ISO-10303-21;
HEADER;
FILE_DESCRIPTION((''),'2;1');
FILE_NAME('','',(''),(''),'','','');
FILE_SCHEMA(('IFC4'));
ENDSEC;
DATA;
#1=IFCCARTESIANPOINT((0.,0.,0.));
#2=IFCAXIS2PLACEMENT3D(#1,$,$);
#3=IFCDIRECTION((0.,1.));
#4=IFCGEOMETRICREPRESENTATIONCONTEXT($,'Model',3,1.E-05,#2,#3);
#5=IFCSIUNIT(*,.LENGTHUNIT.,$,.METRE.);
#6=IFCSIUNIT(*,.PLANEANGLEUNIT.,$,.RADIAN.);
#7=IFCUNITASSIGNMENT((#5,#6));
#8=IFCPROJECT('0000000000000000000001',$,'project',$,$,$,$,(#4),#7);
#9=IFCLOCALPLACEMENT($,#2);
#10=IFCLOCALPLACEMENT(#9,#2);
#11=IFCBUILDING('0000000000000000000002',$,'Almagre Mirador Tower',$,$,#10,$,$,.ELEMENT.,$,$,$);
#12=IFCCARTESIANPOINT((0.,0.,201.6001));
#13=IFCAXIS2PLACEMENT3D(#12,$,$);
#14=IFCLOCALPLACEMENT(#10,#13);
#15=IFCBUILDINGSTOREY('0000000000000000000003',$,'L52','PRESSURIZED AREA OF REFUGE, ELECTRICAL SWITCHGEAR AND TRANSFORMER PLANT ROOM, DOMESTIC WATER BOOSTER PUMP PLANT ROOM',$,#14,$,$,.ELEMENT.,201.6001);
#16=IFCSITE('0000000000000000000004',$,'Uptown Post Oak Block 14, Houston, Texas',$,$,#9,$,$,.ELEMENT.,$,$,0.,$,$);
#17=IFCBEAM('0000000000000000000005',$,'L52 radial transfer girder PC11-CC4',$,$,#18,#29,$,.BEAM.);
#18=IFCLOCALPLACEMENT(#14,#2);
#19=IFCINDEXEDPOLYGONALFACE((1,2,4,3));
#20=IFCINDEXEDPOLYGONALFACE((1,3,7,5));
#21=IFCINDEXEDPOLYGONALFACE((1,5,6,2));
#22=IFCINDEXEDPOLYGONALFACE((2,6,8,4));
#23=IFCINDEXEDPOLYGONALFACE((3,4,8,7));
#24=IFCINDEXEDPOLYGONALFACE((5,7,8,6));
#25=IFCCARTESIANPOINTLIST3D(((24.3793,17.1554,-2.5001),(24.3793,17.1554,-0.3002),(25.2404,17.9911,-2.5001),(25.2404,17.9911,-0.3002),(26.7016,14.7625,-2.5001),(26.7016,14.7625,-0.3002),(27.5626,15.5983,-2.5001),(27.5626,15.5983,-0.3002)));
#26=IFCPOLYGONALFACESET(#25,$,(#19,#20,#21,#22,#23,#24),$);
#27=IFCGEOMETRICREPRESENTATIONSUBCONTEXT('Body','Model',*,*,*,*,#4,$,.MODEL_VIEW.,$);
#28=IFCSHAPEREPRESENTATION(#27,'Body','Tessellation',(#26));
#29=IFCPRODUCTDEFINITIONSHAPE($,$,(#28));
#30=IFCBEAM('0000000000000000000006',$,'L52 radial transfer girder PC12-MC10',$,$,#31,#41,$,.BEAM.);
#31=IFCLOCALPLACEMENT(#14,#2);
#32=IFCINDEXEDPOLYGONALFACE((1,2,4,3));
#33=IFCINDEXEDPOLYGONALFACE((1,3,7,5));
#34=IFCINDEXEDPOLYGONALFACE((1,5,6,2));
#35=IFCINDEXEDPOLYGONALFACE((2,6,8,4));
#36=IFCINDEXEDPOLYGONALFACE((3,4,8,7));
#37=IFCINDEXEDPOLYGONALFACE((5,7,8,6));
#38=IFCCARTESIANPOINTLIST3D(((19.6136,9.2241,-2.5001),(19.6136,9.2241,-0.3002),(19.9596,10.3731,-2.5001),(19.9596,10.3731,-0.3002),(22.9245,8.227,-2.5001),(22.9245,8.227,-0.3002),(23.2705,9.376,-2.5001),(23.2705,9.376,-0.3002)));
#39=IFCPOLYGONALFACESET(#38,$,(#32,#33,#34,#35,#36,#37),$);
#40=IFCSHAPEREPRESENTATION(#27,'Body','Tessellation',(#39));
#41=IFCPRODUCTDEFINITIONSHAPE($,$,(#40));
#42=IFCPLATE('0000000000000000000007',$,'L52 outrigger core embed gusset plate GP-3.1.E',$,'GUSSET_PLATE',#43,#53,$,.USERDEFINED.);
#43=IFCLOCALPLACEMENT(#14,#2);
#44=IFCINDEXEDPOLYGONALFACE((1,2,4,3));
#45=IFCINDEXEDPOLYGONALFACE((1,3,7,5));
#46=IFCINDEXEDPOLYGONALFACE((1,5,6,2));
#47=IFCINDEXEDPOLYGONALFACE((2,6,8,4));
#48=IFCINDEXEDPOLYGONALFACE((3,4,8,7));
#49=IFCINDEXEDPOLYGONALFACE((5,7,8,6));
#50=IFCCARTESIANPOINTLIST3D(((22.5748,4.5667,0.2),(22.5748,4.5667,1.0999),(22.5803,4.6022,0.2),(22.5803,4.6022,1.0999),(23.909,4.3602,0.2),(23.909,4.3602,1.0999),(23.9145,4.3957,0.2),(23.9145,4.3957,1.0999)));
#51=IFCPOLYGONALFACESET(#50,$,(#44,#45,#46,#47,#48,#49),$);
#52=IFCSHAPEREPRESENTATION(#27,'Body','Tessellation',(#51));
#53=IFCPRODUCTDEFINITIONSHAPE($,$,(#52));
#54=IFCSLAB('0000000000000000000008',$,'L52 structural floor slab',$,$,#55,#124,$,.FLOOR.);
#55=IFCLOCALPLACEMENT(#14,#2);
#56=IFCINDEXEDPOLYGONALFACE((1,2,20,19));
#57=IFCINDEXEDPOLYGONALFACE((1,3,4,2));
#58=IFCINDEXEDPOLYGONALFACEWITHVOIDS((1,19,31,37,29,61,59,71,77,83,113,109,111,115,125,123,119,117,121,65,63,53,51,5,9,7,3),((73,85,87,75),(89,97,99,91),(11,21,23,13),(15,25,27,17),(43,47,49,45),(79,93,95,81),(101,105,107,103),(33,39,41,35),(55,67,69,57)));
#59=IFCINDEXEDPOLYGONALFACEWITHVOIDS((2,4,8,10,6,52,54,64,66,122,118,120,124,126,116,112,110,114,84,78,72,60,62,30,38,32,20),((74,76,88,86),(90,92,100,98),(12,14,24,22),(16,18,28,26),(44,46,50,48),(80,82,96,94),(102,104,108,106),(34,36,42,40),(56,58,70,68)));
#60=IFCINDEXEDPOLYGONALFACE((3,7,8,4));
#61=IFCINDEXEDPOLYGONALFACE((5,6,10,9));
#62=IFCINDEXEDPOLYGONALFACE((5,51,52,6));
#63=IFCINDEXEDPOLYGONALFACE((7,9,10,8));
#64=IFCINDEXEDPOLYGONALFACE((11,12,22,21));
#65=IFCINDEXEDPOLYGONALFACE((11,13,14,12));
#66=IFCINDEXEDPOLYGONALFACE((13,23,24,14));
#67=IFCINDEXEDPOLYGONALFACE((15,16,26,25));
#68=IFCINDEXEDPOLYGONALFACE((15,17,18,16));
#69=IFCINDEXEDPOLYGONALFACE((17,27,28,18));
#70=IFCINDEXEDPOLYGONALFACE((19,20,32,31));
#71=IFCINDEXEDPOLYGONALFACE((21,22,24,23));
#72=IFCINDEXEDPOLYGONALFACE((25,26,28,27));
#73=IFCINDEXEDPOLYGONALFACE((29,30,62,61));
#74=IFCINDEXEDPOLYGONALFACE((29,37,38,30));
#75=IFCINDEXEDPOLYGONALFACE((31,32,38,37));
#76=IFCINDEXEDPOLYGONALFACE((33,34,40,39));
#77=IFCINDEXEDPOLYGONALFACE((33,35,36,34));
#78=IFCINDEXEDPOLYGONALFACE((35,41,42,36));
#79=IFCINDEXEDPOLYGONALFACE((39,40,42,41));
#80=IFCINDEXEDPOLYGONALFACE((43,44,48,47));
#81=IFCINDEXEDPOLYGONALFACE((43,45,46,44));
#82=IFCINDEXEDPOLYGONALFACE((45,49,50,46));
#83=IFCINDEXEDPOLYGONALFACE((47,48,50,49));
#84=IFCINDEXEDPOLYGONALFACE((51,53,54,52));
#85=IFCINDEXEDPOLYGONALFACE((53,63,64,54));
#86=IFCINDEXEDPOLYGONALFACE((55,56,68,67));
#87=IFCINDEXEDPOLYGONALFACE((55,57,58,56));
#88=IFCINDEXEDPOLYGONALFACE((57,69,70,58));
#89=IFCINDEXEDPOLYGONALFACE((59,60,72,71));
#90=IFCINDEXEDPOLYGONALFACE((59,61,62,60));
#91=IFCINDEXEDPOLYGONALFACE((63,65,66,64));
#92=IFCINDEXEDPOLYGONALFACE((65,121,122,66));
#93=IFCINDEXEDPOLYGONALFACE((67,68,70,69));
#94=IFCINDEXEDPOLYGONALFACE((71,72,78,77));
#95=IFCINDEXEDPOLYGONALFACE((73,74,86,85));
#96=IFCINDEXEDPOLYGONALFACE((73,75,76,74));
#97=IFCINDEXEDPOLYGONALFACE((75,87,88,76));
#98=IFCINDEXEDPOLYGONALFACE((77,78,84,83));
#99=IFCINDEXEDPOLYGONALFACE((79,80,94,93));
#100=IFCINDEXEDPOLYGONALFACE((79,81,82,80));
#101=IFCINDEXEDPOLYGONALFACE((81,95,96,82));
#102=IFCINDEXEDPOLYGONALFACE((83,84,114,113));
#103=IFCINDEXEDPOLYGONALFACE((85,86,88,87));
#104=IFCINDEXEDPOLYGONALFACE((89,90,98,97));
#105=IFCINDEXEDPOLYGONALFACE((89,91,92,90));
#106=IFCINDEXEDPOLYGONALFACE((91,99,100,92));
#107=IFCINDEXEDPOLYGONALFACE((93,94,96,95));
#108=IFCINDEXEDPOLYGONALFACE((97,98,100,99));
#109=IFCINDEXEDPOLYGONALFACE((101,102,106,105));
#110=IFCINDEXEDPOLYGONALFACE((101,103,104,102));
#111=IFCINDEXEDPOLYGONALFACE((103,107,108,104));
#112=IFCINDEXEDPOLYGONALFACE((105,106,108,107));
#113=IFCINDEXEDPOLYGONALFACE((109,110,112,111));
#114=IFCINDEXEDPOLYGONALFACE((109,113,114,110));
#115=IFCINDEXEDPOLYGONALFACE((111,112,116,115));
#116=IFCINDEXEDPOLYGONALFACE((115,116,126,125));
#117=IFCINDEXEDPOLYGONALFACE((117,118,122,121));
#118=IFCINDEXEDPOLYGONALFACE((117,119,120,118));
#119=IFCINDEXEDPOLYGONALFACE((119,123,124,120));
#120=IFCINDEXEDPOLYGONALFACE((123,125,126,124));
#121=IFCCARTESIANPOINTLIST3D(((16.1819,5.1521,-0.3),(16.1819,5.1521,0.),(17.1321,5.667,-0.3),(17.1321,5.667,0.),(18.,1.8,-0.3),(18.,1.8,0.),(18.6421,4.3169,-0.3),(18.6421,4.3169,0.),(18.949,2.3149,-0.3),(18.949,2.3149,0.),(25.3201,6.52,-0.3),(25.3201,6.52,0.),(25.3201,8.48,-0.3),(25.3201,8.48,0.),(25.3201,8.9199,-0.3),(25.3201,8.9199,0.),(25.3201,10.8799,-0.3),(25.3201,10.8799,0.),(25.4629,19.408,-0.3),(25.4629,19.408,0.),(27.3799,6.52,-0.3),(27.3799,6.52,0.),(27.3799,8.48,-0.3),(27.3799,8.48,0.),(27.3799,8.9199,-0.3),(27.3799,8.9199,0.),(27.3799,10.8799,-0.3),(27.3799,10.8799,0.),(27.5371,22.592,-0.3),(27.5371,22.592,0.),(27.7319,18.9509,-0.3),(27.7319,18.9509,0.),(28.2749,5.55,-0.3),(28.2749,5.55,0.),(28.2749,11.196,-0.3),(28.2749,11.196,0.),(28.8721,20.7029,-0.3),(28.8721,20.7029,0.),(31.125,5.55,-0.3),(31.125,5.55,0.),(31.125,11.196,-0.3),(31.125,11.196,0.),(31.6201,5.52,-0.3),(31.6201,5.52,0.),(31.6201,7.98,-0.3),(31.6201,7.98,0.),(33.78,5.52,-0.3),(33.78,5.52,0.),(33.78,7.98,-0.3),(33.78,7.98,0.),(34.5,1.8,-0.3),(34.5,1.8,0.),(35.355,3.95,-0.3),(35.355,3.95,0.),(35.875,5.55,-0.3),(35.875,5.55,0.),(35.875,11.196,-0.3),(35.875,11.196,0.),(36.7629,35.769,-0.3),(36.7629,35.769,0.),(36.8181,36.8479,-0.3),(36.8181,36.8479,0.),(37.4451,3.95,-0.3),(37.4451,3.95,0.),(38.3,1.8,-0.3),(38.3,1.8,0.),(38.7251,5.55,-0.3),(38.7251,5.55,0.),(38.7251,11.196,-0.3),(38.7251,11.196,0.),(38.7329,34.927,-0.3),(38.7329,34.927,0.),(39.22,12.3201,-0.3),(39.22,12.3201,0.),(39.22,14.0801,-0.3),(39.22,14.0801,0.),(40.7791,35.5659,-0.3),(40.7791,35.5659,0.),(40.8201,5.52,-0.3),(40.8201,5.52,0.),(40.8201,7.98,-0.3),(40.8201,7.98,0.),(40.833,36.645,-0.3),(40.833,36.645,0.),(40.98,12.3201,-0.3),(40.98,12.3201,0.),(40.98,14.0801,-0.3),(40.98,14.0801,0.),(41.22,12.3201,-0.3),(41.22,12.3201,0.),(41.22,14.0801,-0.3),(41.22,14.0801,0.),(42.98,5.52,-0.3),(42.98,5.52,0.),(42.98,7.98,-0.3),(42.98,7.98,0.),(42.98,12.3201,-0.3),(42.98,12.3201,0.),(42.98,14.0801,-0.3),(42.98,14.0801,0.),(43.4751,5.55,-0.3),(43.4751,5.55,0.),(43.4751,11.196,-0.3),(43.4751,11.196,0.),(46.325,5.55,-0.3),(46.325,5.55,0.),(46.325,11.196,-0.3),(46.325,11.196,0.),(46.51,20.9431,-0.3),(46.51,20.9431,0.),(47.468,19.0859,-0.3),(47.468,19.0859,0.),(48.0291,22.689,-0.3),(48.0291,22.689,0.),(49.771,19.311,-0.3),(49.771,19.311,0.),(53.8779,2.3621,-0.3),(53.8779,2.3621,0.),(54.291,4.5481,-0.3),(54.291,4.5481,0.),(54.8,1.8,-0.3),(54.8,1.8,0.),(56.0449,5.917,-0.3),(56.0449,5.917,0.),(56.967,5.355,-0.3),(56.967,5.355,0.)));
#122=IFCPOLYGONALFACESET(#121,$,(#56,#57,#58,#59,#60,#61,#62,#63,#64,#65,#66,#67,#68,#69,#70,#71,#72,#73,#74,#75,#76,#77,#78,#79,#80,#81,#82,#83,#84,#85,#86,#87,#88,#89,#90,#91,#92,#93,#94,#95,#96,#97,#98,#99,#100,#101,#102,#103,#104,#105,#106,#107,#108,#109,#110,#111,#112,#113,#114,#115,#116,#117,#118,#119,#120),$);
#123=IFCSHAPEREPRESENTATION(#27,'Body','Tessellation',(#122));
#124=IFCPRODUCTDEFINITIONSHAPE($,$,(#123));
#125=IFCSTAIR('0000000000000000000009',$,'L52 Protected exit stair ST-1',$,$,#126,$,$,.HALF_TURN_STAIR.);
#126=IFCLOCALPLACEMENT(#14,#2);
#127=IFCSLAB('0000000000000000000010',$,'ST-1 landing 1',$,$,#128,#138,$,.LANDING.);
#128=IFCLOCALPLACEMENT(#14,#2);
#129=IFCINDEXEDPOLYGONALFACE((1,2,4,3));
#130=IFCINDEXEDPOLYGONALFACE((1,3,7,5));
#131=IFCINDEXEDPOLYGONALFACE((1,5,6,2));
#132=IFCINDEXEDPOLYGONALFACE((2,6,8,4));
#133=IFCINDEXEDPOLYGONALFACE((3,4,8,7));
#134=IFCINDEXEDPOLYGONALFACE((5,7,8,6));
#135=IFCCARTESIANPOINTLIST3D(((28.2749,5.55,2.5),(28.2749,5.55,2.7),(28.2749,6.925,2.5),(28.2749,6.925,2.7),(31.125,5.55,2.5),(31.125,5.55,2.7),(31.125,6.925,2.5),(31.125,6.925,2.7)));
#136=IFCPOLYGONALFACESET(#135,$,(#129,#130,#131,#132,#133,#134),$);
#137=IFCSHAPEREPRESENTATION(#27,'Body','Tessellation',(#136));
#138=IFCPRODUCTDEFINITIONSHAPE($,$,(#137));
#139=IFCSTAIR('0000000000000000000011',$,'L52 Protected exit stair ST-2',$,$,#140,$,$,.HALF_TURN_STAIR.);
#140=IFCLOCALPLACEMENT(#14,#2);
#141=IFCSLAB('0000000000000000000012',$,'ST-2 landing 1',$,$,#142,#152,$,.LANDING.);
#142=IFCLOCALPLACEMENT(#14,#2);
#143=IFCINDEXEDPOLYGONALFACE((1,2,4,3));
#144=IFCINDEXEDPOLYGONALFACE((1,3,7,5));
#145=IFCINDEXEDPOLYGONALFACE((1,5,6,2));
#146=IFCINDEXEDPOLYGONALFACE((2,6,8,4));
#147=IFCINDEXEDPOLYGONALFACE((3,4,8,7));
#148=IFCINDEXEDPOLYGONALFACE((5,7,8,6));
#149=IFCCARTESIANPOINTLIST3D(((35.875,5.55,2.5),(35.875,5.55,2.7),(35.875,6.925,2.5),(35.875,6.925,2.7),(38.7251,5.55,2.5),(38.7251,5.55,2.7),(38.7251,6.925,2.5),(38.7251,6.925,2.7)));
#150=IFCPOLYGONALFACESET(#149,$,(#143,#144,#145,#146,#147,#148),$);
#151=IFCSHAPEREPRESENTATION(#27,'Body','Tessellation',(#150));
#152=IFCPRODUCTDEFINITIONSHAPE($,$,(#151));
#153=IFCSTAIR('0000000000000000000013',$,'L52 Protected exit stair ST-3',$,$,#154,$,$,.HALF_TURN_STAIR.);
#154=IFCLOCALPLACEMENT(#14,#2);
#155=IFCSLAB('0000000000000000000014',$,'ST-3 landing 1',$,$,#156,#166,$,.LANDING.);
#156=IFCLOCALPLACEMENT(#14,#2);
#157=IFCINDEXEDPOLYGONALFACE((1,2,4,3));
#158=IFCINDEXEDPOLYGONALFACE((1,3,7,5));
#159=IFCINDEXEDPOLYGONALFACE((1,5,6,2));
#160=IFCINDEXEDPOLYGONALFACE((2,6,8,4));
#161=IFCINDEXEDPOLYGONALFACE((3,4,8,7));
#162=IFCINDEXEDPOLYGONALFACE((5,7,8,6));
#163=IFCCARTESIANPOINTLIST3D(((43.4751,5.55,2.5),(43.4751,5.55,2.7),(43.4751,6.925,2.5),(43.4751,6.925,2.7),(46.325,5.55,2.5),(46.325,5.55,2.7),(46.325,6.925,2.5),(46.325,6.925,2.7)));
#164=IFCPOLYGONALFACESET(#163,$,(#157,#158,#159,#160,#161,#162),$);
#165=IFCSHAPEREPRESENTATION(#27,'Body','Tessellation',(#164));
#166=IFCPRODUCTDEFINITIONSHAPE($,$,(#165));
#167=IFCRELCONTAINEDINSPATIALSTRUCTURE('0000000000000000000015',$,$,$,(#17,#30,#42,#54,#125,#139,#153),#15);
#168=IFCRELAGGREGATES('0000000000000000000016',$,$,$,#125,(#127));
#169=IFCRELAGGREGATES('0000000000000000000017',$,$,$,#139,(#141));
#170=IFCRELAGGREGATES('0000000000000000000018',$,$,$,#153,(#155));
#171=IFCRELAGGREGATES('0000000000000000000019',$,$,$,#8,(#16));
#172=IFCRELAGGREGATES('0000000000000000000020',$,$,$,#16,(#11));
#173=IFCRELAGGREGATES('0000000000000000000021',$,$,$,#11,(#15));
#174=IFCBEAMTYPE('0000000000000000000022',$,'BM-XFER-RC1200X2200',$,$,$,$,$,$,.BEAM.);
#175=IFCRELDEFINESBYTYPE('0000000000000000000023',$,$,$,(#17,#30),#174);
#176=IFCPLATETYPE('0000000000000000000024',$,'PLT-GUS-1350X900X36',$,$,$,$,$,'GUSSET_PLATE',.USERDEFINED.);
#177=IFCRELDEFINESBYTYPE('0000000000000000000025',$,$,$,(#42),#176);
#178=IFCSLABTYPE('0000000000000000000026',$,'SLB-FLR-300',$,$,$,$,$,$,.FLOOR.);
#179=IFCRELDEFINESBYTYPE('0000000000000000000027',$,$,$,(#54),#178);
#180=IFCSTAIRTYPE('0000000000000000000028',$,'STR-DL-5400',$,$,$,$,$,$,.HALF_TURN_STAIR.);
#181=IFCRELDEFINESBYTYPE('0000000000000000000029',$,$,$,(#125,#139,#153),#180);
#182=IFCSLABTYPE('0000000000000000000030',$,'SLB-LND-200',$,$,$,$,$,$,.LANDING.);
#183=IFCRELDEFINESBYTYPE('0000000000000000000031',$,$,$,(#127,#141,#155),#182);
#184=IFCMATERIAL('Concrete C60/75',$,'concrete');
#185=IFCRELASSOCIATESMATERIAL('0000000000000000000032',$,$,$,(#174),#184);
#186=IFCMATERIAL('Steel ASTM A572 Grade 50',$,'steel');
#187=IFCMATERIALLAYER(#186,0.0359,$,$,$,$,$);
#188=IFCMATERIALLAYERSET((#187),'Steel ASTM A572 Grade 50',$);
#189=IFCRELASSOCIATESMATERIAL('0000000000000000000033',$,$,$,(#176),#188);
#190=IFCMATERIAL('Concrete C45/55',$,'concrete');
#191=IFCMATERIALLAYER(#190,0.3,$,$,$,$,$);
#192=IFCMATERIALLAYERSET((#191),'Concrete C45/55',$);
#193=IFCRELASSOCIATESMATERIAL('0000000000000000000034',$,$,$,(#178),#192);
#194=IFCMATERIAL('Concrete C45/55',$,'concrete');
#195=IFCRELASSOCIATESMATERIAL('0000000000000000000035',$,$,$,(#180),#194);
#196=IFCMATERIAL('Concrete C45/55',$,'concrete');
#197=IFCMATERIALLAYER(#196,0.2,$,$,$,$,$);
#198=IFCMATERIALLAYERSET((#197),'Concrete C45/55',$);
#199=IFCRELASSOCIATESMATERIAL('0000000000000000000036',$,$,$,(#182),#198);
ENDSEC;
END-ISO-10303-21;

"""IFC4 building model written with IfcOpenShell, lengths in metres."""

from ifc_helpers import new_model, si_unit, direction, frame, origin, origin_2d, place, context, subcontext, project, spatial, polyline, rectangle, outline, extrude, material, layer, layer_set, material_profile, profile_set, type_object, element, aggregate, save


model = new_model("IFC4")

# Units and contexts
model_context = context("Model", 3, precision=1e-05, world=origin(), true_north=direction((0.0, 1.0)))
body_context = subcontext(model_context, "Body", "Model", "MODEL_VIEW")
ifc_project = project(units=[si_unit("LENGTHUNIT", "METRE"), si_unit("PLANEANGLEUNIT", "RADIAN")], contexts=[model_context])

# Site, building, storey
site_placement = place(None, origin())
site = spatial("IfcSite", under=ifc_project, at=site_placement, Name="Uptown Post Oak Block 14, Houston, Texas", CompositionType="ELEMENT", RefElevation=0.0)
building_placement = place(site_placement, origin())
building = spatial("IfcBuilding", under=site, at=building_placement, Name="Almagre Mirador Tower", CompositionType="ELEMENT")
storey_placement = place(building_placement, frame((0.0, 0.0, 201.6001)))
storey = spatial("IfcBuildingStorey", under=building, at=storey_placement, Name="L52", Description="PRESSURIZED AREA OF REFUGE, ELECTRICAL SWITCHGEAR AND TRANSFORMER PLANT ROOM, DOMESTIC WATER BOOSTER PUMP PLANT ROOM", CompositionType="ELEMENT", Elevation=201.6001)

# Beams
ifc_material_1 = material(Name="Concrete C60/75", Category="concrete")
ifc_material_profile_1 = material_profile(ifc_material_1, rectangle(XDim=1.2, YDim=2.2, at=origin_2d()), Name="RC1200X2200")
ifc_profile_set_1 = profile_set([ifc_material_profile_1], Name="Concrete C60/75")
beam_type_1 = type_object("IfcBeamType", Name="BM-XFER-RC1200X2200", PredefinedType="BEAM", material=ifc_profile_set_1)
beam_1_placement = place(storey_placement, frame((24.8098, 17.5732, -1.4001), z_axis=(0.696448, -0.717608, 0.0), x_axis=(0.717608, 0.696448, 0.0)))
element("IfcBeam", 1, at=beam_1_placement, inside=storey, type_object=beam_type_1, Name="L52 radial transfer girder PC11-CC4", PredefinedType="BEAM", context=body_context, shape_type="SweptSolid", body=[
    extrude(rectangle(XDim=1.2, YDim=2.2, at=origin_2d()), origin(), (0.0, 0.0, 1.0), 3.3345),
])
beam_2_placement = place(storey_placement, frame((19.7866, 9.7986, -1.4001), z_axis=(0.957521, -0.288365, 0.0), x_axis=(0.288365, 0.957521, 0.0)))
element("IfcBeam", 2, at=beam_2_placement, inside=storey, type_object=beam_type_1, Name="L52 radial transfer girder PC12-MC10", PredefinedType="BEAM", context=body_context, shape_type="SweptSolid", body=[
    extrude(rectangle(XDim=1.2, YDim=2.2, at=origin_2d()), origin(), (0.0, 0.0, 1.0), 3.4578),
])

# Plate
ifc_material_2 = material(Name="Steel ASTM A572 Grade 50", Category="steel")
ifc_layer_1 = layer(ifc_material_2, 0.0359)
ifc_layer_set_1 = layer_set([ifc_layer_1], Name="Steel ASTM A572 Grade 50")
plate_type = type_object("IfcPlateType", Name="PLT-GUS-1350X900X36", ElementType="GUSSET_PLATE", PredefinedType="USERDEFINED", material=ifc_layer_set_1)
plate_placement = place(storey_placement, frame((23.2446, 4.4812, 0.2), z_axis=(0.0, 0.0, 1.0), x_axis=(-0.988236, 0.152934, 0.0)))
element("IfcPlate", 3, at=plate_placement, inside=storey, type_object=plate_type, Name="L52 outrigger core embed gusset plate GP-3.1.E", ObjectType="GUSSET_PLATE", PredefinedType="USERDEFINED", context=body_context, shape_type="SweptSolid", body=[
    extrude(rectangle(XDim=1.3501, YDim=0.0359, at=origin_2d()), origin(), (0.0, 0.0, 1.0), 0.8999),
])

# Slab
ifc_material_3 = material(Name="Concrete C45/55", Category="concrete")
ifc_layer_2 = layer(ifc_material_3, 0.3)
ifc_layer_set_2 = layer_set([ifc_layer_2], Name="Concrete C45/55")
slab_type_1 = type_object("IfcSlabType", Name="SLB-FLR-300", PredefinedType="FLOOR", material=ifc_layer_set_2)
slab_1_placement = place(storey_placement, frame((0.0, 0.0, -0.3)))
element("IfcSlab", 4, at=slab_1_placement, inside=storey, type_object=slab_type_1, Name="L52 structural floor slab", PredefinedType="FLOOR", context=body_context, shape_type="SweptSolid", body=[
    extrude(outline(polyline([(16.1819, 5.1521), (17.1321, 5.667), (18.6421, 4.3169), (18.949, 2.3149), (18.0, 1.8), (34.5, 1.8), (35.355, 3.95), (37.4451, 3.95), (38.3, 1.8), (54.8, 1.8), (53.8779, 2.3621), (54.291, 4.5481), (56.0449, 5.917), (56.967, 5.355), (49.771, 19.311), (47.468, 19.0859), (46.51, 20.9431), (48.0291, 22.689), (40.833, 36.645), (40.7791, 35.5659), (38.7329, 34.927), (36.7629, 35.769), (36.8181, 36.8479), (27.5371, 22.592), (28.8721, 20.7029), (27.7319, 18.9509), (25.4629, 19.408), (16.1819, 5.1521)]), holes=[polyline([(43.4751, 5.55), (43.4751, 11.196), (46.325, 11.196), (46.325, 5.55), (43.4751, 5.55)]), polyline([(41.22, 12.3201), (41.22, 14.0801), (42.98, 14.0801), (42.98, 12.3201), (41.22, 12.3201)]), polyline([(42.98, 5.52), (40.8201, 5.52), (40.8201, 7.98), (42.98, 7.98), (42.98, 5.52)]), polyline([(39.22, 12.3201), (39.22, 14.0801), (40.98, 14.0801), (40.98, 12.3201), (39.22, 12.3201)]), polyline([(35.875, 5.55), (35.875, 11.196), (38.7251, 11.196), (38.7251, 5.55), (35.875, 5.55)]), polyline([(33.78, 5.52), (31.6201, 5.52), (31.6201, 7.98), (33.78, 7.98), (33.78, 5.52)]), polyline([(28.2749, 5.55), (28.2749, 11.196), (31.125, 11.196), (31.125, 5.55), (28.2749, 5.55)]), polyline([(27.3799, 6.52), (25.3201, 6.52), (25.3201, 8.48), (27.3799, 8.48), (27.3799, 6.52)]), polyline([(27.3799, 8.9199), (25.3201, 8.9199), (25.3201, 10.8799), (27.3799, 10.8799), (27.3799, 8.9199)])]), origin(), (0.0, 0.0, 1.0), 0.3),
])

# Stairs, slabs
ifc_material_4 = material(Name="Concrete C45/55", Category="concrete")
stair_type = type_object("IfcStairType", Name="STR-DL-5400", PredefinedType="HALF_TURN_STAIR", material=ifc_material_4)
stair_1_placement = place(storey_placement, origin())
stair_1 = element("IfcStair", 5, at=stair_1_placement, inside=storey, type_object=stair_type, Name="L52 Protected exit stair ST-1", PredefinedType="HALF_TURN_STAIR")
ifc_material_5 = material(Name="Concrete C45/55", Category="concrete")
ifc_layer_3 = layer(ifc_material_5, 0.2)
ifc_layer_set_3 = layer_set([ifc_layer_3], Name="Concrete C45/55")
slab_type_2 = type_object("IfcSlabType", Name="SLB-LND-200", PredefinedType="LANDING", material=ifc_layer_set_3)
slab_2_placement = place(storey_placement, frame((0.0, 0.0, 2.5)))
slab_2 = element("IfcSlab", 6, at=slab_2_placement, type_object=slab_type_2, Name="ST-1 landing 1", PredefinedType="LANDING", context=body_context, shape_type="SweptSolid", body=[
    extrude(outline(polyline([(28.2749, 6.925), (28.2749, 5.55), (31.125, 5.55), (31.125, 6.925), (28.2749, 6.925)])), origin(), (0.0, 0.0, 1.0), 0.2),
])
aggregate(stair_1, [slab_2])
stair_2_placement = place(storey_placement, origin())
stair_2 = element("IfcStair", 7, at=stair_2_placement, inside=storey, type_object=stair_type, Name="L52 Protected exit stair ST-2", PredefinedType="HALF_TURN_STAIR")
slab_3_placement = place(storey_placement, frame((0.0, 0.0, 2.5)))
slab_3 = element("IfcSlab", 8, at=slab_3_placement, type_object=slab_type_2, Name="ST-2 landing 1", PredefinedType="LANDING", context=body_context, shape_type="SweptSolid", body=[
    extrude(outline(polyline([(35.875, 6.925), (35.875, 5.55), (38.7251, 5.55), (38.7251, 6.925), (35.875, 6.925)])), origin(), (0.0, 0.0, 1.0), 0.2),
])
aggregate(stair_2, [slab_3])
stair_3_placement = place(storey_placement, origin())
stair_3 = element("IfcStair", 9, at=stair_3_placement, inside=storey, type_object=stair_type, Name="L52 Protected exit stair ST-3", PredefinedType="HALF_TURN_STAIR")
slab_4_placement = place(storey_placement, frame((0.0, 0.0, 2.5)))
slab_4 = element("IfcSlab", 10, at=slab_4_placement, type_object=slab_type_2, Name="ST-3 landing 1", PredefinedType="LANDING", context=body_context, shape_type="SweptSolid", body=[
    extrude(outline(polyline([(43.4751, 6.925), (43.4751, 5.55), (46.325, 5.55), (46.325, 6.925), (43.4751, 6.925)])), origin(), (0.0, 0.0, 1.0), 0.2),
])
aggregate(stair_3, [slab_4])

save(model, "model.ifc")
